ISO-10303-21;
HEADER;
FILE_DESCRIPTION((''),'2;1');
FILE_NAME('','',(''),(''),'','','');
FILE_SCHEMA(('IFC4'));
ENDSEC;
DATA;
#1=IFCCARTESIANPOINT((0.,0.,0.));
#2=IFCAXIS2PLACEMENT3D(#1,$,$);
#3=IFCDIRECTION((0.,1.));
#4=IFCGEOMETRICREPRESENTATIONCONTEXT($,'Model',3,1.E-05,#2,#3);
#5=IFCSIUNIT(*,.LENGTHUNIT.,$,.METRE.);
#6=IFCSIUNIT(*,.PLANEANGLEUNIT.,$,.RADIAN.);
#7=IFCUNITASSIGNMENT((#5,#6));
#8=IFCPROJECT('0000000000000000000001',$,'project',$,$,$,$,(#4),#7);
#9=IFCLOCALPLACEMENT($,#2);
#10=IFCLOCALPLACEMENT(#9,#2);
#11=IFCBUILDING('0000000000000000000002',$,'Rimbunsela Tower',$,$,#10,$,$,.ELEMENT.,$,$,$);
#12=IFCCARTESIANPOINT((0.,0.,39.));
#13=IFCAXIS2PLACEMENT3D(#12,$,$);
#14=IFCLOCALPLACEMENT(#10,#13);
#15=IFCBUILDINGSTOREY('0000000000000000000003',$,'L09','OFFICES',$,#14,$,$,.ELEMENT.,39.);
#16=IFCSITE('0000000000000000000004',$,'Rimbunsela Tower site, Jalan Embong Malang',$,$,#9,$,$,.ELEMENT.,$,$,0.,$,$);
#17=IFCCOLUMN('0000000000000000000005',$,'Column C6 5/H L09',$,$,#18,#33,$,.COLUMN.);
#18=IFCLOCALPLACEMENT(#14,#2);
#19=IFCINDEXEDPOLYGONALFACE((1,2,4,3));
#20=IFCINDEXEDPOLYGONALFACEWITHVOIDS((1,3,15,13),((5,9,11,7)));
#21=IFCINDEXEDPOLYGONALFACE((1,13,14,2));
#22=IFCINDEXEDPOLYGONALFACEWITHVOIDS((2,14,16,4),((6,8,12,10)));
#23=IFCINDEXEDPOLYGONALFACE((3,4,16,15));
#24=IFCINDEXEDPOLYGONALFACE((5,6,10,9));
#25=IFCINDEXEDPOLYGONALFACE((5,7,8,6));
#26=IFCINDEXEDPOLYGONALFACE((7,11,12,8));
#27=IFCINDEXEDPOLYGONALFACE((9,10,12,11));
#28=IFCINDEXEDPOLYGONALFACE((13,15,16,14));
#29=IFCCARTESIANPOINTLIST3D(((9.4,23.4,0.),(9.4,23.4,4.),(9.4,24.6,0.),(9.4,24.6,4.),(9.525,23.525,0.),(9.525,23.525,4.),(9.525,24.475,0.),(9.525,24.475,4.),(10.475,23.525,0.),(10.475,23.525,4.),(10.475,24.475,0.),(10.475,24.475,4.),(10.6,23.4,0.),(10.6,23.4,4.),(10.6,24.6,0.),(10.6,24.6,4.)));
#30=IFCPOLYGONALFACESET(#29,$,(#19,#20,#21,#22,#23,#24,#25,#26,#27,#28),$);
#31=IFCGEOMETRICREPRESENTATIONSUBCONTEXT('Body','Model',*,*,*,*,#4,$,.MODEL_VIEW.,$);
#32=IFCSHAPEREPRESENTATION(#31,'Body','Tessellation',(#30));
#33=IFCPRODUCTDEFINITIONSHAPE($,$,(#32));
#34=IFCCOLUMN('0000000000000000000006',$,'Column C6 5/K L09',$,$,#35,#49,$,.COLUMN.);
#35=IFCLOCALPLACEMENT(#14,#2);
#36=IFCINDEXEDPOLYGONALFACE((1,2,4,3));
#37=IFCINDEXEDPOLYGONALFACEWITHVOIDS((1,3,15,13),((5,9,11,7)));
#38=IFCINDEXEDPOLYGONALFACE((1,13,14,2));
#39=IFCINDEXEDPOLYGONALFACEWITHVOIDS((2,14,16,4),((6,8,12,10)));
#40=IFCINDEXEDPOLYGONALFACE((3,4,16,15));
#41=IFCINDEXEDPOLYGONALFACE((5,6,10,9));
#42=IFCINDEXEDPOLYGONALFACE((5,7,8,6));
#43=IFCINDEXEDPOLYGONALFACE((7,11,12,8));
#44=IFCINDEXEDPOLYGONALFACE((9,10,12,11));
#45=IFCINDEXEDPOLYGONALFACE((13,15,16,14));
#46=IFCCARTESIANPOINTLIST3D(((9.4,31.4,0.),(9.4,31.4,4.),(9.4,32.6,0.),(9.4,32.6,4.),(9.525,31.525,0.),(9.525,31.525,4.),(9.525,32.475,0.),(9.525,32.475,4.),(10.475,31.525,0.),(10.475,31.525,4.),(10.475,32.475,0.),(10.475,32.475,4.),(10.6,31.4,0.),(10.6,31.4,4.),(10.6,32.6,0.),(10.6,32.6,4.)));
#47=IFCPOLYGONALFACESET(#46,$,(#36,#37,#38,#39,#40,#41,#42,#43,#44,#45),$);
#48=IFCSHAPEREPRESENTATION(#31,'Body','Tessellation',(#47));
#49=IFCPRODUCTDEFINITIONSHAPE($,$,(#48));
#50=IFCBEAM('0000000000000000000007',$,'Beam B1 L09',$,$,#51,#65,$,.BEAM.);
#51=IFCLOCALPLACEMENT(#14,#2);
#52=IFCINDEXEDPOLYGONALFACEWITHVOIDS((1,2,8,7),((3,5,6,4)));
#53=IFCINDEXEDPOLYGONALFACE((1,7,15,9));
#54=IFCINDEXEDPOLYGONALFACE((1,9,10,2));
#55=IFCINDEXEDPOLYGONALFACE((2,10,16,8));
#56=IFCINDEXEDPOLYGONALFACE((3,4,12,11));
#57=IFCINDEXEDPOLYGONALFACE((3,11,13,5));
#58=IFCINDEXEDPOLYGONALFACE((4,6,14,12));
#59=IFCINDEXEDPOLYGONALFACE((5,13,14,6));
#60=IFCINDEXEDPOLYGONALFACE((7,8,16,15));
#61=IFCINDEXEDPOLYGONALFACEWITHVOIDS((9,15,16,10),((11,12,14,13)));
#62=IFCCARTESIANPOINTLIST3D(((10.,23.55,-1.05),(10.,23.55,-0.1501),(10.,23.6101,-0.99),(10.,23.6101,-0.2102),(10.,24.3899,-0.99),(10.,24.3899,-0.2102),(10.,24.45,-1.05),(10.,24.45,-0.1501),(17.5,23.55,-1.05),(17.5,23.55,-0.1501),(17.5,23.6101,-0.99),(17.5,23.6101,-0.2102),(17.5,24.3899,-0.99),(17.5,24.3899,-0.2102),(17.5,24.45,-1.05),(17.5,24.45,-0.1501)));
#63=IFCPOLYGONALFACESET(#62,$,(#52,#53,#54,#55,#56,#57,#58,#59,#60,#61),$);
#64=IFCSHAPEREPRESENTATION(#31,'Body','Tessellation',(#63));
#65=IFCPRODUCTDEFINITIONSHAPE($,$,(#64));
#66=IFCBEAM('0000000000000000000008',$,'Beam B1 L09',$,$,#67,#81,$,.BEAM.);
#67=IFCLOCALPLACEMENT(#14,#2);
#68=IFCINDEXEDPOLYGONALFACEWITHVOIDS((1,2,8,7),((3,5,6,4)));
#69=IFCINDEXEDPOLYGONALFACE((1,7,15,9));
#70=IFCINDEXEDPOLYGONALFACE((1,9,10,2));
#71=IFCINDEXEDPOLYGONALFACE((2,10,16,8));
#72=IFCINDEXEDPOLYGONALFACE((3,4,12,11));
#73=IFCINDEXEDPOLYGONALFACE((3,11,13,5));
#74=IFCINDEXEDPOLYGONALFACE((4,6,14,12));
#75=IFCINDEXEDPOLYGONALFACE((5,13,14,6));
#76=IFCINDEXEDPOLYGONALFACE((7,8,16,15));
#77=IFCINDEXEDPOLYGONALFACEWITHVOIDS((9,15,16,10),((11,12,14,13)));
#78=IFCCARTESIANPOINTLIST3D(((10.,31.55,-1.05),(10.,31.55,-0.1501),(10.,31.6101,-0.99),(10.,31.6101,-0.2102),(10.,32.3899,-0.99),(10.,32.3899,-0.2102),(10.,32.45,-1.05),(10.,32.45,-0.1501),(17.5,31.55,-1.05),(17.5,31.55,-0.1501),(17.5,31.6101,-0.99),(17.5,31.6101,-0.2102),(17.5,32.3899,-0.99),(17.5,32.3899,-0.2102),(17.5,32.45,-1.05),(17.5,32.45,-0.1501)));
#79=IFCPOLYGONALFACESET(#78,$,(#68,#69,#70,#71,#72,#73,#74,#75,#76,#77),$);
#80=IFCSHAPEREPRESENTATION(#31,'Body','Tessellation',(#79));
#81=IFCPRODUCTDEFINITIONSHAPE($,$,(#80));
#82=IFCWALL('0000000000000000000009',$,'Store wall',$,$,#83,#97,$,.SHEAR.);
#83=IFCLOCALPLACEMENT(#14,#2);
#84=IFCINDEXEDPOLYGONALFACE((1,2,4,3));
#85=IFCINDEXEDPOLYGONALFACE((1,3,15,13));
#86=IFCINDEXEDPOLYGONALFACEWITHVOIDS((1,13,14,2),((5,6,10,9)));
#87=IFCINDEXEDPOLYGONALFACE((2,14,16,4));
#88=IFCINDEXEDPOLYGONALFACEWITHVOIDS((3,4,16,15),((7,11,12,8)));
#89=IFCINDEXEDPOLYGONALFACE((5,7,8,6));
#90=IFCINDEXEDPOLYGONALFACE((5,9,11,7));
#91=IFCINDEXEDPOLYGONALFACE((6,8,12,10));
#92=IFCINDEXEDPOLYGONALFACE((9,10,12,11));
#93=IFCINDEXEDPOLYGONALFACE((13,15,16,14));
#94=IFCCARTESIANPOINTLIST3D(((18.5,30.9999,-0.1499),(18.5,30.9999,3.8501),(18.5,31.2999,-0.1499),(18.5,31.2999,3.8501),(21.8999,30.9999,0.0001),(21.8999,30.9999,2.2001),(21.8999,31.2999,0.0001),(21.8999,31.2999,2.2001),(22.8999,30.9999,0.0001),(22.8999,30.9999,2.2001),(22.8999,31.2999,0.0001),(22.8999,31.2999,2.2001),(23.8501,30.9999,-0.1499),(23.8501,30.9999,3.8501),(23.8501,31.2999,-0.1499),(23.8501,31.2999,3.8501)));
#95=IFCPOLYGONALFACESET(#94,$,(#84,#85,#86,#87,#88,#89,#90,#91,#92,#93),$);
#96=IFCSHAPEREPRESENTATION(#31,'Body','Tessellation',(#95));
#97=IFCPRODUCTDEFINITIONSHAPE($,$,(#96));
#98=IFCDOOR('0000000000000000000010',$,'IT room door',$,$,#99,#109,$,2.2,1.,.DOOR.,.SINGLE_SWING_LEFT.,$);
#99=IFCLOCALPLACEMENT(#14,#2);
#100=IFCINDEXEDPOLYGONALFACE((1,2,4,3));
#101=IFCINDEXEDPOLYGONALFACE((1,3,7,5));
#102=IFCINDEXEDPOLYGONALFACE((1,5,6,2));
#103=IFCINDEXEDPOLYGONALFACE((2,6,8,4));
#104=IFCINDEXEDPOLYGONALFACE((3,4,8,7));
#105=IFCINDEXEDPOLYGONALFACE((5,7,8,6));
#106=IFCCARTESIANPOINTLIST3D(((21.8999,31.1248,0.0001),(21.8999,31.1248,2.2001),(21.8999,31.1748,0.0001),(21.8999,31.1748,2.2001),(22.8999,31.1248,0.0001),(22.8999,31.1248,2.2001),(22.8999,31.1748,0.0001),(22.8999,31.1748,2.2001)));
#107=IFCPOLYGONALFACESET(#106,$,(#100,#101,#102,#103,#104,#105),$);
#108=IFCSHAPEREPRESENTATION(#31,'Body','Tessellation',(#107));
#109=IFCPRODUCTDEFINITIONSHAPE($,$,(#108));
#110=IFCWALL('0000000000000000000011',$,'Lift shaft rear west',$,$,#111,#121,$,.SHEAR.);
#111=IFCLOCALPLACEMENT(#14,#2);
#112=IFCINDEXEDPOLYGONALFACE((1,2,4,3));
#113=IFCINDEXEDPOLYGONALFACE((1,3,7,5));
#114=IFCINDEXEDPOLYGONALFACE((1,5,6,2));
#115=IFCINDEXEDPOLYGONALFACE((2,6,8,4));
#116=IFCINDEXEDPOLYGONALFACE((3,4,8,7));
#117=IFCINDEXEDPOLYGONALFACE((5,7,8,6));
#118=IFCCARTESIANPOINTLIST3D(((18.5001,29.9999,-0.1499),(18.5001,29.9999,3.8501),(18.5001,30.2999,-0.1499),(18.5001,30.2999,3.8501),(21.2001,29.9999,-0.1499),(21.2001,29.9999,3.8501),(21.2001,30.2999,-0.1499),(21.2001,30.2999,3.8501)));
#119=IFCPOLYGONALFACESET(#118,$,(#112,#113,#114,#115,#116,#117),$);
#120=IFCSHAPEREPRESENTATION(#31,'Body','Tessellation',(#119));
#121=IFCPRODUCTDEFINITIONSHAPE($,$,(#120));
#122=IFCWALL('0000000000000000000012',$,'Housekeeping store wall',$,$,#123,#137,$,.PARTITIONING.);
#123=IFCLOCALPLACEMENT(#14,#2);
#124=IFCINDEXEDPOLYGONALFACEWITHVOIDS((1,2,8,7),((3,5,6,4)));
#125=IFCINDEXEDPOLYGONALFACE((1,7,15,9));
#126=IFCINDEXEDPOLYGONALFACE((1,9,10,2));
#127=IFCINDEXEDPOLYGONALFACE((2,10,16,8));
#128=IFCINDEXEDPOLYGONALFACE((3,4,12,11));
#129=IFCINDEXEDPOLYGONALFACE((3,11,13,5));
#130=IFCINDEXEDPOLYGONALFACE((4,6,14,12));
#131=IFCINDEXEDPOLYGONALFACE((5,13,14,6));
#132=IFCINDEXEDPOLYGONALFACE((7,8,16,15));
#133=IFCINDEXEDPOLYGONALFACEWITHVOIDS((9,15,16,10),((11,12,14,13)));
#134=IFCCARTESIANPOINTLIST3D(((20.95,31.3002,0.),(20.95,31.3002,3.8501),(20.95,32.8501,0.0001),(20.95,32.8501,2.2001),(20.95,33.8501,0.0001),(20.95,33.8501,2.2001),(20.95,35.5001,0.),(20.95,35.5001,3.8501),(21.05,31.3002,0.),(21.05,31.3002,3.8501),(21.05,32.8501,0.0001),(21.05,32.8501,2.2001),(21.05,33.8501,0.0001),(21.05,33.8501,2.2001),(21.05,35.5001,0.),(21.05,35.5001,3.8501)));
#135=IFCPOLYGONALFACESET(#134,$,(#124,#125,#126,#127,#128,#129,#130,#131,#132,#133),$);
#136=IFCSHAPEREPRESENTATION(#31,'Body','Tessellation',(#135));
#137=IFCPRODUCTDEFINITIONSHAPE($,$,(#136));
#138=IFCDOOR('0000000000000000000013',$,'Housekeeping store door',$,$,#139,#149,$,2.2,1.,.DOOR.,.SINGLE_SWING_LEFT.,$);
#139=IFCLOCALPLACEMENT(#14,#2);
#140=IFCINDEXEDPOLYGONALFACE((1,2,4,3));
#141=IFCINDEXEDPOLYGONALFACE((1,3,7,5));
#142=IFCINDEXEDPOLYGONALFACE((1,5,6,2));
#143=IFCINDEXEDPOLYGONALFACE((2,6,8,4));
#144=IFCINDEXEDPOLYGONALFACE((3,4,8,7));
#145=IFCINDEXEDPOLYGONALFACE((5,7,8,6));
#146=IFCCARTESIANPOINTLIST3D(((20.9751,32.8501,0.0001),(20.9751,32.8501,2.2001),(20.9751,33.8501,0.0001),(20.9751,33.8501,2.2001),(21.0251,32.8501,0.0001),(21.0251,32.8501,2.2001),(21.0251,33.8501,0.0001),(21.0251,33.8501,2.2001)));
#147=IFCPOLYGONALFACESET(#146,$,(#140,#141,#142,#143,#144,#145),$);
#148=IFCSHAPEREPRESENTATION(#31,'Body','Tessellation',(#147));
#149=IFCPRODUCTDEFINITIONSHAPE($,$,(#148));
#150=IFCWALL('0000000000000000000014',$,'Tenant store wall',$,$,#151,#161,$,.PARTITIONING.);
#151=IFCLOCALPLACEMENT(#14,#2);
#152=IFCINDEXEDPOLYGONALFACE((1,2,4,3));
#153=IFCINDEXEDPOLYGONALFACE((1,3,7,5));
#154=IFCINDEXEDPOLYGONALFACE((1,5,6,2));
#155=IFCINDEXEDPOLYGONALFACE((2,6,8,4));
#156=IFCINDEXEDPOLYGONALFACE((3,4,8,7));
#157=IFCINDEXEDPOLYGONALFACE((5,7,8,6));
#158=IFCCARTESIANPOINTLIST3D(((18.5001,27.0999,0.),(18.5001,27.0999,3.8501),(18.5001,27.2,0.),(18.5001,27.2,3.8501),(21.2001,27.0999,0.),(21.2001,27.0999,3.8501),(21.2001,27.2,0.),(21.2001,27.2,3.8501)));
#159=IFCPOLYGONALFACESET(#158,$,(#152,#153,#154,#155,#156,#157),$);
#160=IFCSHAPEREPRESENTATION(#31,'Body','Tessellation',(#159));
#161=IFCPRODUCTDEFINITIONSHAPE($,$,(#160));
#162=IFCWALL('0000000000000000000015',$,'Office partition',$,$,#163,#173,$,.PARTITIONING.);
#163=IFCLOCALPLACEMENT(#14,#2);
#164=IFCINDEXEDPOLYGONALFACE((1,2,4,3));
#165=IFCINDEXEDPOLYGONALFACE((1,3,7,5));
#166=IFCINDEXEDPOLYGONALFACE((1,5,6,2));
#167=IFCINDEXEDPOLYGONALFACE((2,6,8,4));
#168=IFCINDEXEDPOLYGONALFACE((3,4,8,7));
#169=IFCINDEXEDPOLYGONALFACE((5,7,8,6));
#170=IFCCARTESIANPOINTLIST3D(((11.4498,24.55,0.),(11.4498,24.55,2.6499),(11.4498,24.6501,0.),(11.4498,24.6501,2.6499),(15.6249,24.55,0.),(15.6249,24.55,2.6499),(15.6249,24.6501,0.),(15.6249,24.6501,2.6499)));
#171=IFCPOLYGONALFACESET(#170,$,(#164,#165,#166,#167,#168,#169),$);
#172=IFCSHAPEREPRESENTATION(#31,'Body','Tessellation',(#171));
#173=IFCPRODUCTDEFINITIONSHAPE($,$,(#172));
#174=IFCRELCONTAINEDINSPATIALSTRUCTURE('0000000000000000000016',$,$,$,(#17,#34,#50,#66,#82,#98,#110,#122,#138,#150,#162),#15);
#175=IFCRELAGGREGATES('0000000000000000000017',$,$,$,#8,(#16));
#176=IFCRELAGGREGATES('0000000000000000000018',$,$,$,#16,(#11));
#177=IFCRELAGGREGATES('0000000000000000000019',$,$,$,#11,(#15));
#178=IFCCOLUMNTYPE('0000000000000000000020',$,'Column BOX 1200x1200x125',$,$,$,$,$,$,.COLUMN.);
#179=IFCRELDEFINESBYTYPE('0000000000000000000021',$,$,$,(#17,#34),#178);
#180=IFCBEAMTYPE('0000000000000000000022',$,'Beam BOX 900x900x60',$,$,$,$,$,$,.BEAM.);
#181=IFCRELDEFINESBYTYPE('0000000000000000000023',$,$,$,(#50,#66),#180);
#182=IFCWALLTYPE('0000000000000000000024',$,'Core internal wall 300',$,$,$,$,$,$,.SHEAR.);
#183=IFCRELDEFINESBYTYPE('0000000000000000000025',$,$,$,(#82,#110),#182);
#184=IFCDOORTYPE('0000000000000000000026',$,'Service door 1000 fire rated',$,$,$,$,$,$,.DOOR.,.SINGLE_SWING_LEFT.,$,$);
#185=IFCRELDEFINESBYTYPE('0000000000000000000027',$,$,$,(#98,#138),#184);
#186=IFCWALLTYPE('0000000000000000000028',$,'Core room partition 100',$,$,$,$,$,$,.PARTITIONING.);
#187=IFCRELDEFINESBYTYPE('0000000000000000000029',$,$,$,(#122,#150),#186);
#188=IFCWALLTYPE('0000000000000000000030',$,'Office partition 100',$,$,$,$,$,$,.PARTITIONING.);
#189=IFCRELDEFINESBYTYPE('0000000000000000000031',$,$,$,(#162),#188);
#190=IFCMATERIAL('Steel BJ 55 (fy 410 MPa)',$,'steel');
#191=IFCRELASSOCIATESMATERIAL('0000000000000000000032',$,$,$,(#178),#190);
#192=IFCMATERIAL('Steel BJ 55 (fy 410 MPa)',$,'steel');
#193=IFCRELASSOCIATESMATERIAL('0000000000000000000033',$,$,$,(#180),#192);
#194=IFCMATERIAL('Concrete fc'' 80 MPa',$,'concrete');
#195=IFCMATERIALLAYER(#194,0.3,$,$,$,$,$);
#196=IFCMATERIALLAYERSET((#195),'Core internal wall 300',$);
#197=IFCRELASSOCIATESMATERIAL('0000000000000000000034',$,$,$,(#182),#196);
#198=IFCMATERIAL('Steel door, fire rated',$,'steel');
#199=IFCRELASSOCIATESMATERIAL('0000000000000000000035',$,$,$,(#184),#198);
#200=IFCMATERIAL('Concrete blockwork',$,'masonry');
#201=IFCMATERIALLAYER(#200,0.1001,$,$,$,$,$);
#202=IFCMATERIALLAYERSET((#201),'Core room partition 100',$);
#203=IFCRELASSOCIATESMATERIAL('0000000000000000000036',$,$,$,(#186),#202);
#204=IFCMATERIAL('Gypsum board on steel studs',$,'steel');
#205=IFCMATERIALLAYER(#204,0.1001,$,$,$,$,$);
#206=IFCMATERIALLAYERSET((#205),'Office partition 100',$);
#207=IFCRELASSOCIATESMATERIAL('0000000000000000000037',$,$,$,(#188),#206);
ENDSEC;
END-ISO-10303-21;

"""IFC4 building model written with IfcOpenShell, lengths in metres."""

from ifc_helpers import new_model, si_unit, direction, frame, frame_2d, origin, origin_2d, place, context, subcontext, project, spatial, rectangle, hollow_rectangle, extrude, material, layer, layer_set, material_profile, profile_set, type_object, element, fill, save


model = new_model("IFC4")

# Units and contexts
model_context = context("Model", 3, precision=1e-05, world=origin(), true_north=direction((0.0, 1.0)))
body_context = subcontext(model_context, "Body", "Model", "MODEL_VIEW")
ifc_project = project(units=[si_unit("LENGTHUNIT", "METRE"), si_unit("PLANEANGLEUNIT", "RADIAN")], contexts=[model_context])

# Site, building, storey
site_placement = place(None, origin())
site = spatial("IfcSite", under=ifc_project, at=site_placement, Name="Rimbunsela Tower site, Jalan Embong Malang", CompositionType="ELEMENT", RefElevation=0.0)
building_placement = place(site_placement, origin())
building = spatial("IfcBuilding", under=site, at=building_placement, Name="Rimbunsela Tower", CompositionType="ELEMENT")
storey_placement = place(building_placement, frame((0.0, 0.0, 39.0)))
storey = spatial("IfcBuildingStorey", under=building, at=storey_placement, Name="L09", Description="OFFICES", CompositionType="ELEMENT", Elevation=39.0)

# Columns
ifc_material_1 = material(Name="Steel BJ 55 (fy 410 MPa)", Category="steel")
ifc_material_profile_1 = material_profile(ifc_material_1, hollow_rectangle(XDim=1.2, YDim=1.2, WallThickness=0.125, at=origin_2d()), Name="BOX 1200x1200x125")
ifc_profile_set_1 = profile_set([ifc_material_profile_1], Name="Steel BJ 55 (fy 410 MPa)")
column_type = type_object("IfcColumnType", Name="Column BOX 1200x1200x125", PredefinedType="COLUMN", material=ifc_profile_set_1)
for number, where, z_axis, x_axis, name in (
    (1, (10.0, 24.0, 0.0), (0.0, 0.0, 1.0), (1.0, 0.0, 0.0), "Column C6 5/H L09"),
    (2, (10.0, 32.0, 0.0), (0.0, 0.0, 1.0), (1.0, 0.0, 0.0), "Column C6 5/K L09"),
):
    element("IfcColumn", number, at=place(storey_placement, frame(where, z_axis=z_axis, x_axis=x_axis)), inside=storey, type_object=column_type, Name=name, PredefinedType="COLUMN", context=body_context, shape_type="SweptSolid", body=[
        extrude(hollow_rectangle(XDim=1.2, YDim=1.2, WallThickness=0.125, at=origin_2d()), origin(), (0.0, 0.0, 1.0), 4.0),
    ])

# Beams
ifc_material_2 = material(Name="Steel BJ 55 (fy 410 MPa)", Category="steel")
ifc_material_profile_2 = material_profile(ifc_material_2, hollow_rectangle(XDim=0.8999, YDim=0.8999, WallThickness=0.0601, at=origin_2d()), Name="BOX 900x900x60")
ifc_profile_set_2 = profile_set([ifc_material_profile_2], Name="Steel BJ 55 (fy 410 MPa)")
beam_type = type_object("IfcBeamType", Name="Beam BOX 900x900x60", PredefinedType="BEAM", material=ifc_profile_set_2)
for number, where, z_axis, x_axis, name in (
    (3, (10.0, 24.0, -0.6001), (1.0, 0.0, 0.0), (0.0, 1.0, 0.0), "Beam B1 L09"),
    (4, (10.0, 32.0, -0.6001), (1.0, 0.0, 0.0), (0.0, 1.0, 0.0), "Beam B1 L09"),
):
    element("IfcBeam", number, at=place(storey_placement, frame(where, z_axis=z_axis, x_axis=x_axis)), inside=storey, type_object=beam_type, Name=name, PredefinedType="BEAM", context=body_context, shape_type="SweptSolid", body=[
        extrude(hollow_rectangle(XDim=0.8999, YDim=0.8999, WallThickness=0.0601, at=origin_2d()), origin(), (0.0, 0.0, 1.0), 7.5),
    ])

# Wall, opening, door
ifc_material_3 = material(Name="Concrete fc' 80 MPa", Category="concrete")
ifc_layer_1 = layer(ifc_material_3, 0.3)
ifc_layer_set_1 = layer_set([ifc_layer_1], Name="Core internal wall 300")
wall_type_1 = type_object("IfcWallType", Name="Core internal wall 300", PredefinedType="SHEAR", material=ifc_layer_set_1)
wall_1_placement = place(storey_placement, frame((18.5, 31.1499, -0.1499), z_axis=(0.0, 0.0, 1.0), x_axis=(1.0, 0.0, 0.0)))
wall_1 = element("IfcWall", 5, at=wall_1_placement, inside=storey, type_object=wall_type_1, Name="Store wall", PredefinedType="SHEAR", context=body_context, shape_type="SweptSolid", body=[
    extrude(rectangle(XDim=5.3501, YDim=0.3, at=frame_2d((2.675, 0.0))), origin(), (0.0, 0.0, 1.0), 4.0),
])
opening_1_placement = place(wall_1_placement, frame((3.3999, 0.0, 0.1499)))
opening_1 = element("IfcOpeningElement", 6, at=opening_1_placement, cuts=wall_1, PredefinedType="OPENING", context=body_context, shape_type="SweptSolid", body=[
    extrude(rectangle(XDim=1.0, YDim=2.2, at=frame_2d((0.5, 1.1001))), frame((0.0, 0.1599, 0.0), z_axis=(0.0, -1.0, 0.0), x_axis=(1.0, 0.0, 0.0)), (0.0, 0.0, 1.0), 0.3201),
])
ifc_material_4 = material(Name="Steel door, fire rated", Category="steel")
door_type_1 = type_object("IfcDoorType", Name="Service door 1000 fire rated", OperationType="SINGLE_SWING_LEFT", PredefinedType="DOOR", material=ifc_material_4)
door_1_placement = place(opening_1_placement, origin())
door_1 = element("IfcDoor", 7, at=door_1_placement, inside=storey, type_object=door_type_1, Name="IT room door", OperationType="SINGLE_SWING_LEFT", OverallHeight=2.2, OverallWidth=1.0, PredefinedType="DOOR", context=body_context, shape_type="SweptSolid", body=[
    extrude(rectangle(XDim=1.0, YDim=2.2, at=frame_2d((0.5, 1.1001))), frame((0.0, 0.0249, 0.0), z_axis=(0.0, -1.0, 0.0), x_axis=(1.0, 0.0, 0.0)), (0.0, 0.0, 1.0), 0.05),
])
fill(opening_1, door_1)

# Wall
wall_2_placement = place(storey_placement, frame((18.5, 30.1499, -0.1499), z_axis=(0.0, 0.0, 1.0), x_axis=(1.0, 0.0, 0.0)))
element("IfcWall", 8, at=wall_2_placement, inside=storey, type_object=wall_type_1, Name="Lift shaft rear west", PredefinedType="SHEAR", context=body_context, shape_type="SweptSolid", body=[
    extrude(rectangle(XDim=2.7, YDim=0.3, at=frame_2d((1.3501, 0.0))), origin(), (0.0, 0.0, 1.0), 4.0),
])

# Wall, opening, door
ifc_material_5 = material(Name="Concrete blockwork", Category="masonry")
ifc_layer_2 = layer(ifc_material_5, 0.1001)
ifc_layer_set_2 = layer_set([ifc_layer_2], Name="Core room partition 100")
wall_type_2 = type_object("IfcWallType", Name="Core room partition 100", PredefinedType="PARTITIONING", material=ifc_layer_set_2)
wall_3_placement = place(storey_placement, frame((21.0, 31.3, 0.0), z_axis=(0.0, 0.0, 1.0), x_axis=(0.0, 1.0, 0.0)))
wall_3 = element("IfcWall", 9, at=wall_3_placement, inside=storey, type_object=wall_type_2, Name="Housekeeping store wall", PredefinedType="PARTITIONING", context=body_context, shape_type="SweptSolid", body=[
    extrude(rectangle(XDim=4.2, YDim=0.1001, at=frame_2d((2.1001, 0.0))), origin(), (0.0, 0.0, 1.0), 3.8501),
])
opening_2_placement = place(wall_3_placement, frame((1.55, 0.0, 0.0)))
opening_2 = element("IfcOpeningElement", 10, at=opening_2_placement, cuts=wall_3, PredefinedType="OPENING", context=body_context, shape_type="SweptSolid", body=[
    extrude(rectangle(XDim=1.0, YDim=2.2, at=frame_2d((0.5, 1.1001))), frame((0.0, 0.0601, 0.0), z_axis=(0.0, -1.0, 0.0), x_axis=(1.0, 0.0, 0.0)), (0.0, 0.0, 1.0), 0.1201),
])
door_2_placement = place(opening_2_placement, origin())
door_2 = element("IfcDoor", 11, at=door_2_placement, inside=storey, type_object=door_type_1, Name="Housekeeping store door", OperationType="SINGLE_SWING_LEFT", OverallHeight=2.2, OverallWidth=1.0, PredefinedType="DOOR", context=body_context, shape_type="SweptSolid", body=[
    extrude(rectangle(XDim=1.0, YDim=2.2, at=frame_2d((0.5, 1.1001))), frame((0.0, 0.0249, 0.0), z_axis=(0.0, -1.0, 0.0), x_axis=(1.0, 0.0, 0.0)), (0.0, 0.0, 1.0), 0.05),
])
fill(opening_2, door_2)

# Walls
wall_4_placement = place(storey_placement, frame((18.5, 27.1499, 0.0), z_axis=(0.0, 0.0, 1.0), x_axis=(1.0, 0.0, 0.0)))
element("IfcWall", 12, at=wall_4_placement, inside=storey, type_object=wall_type_2, Name="Tenant store wall", PredefinedType="PARTITIONING", context=body_context, shape_type="SweptSolid", body=[
    extrude(rectangle(XDim=2.7, YDim=0.1001, at=frame_2d((1.3501, 0.0))), origin(), (0.0, 0.0, 1.0), 3.8501),
])
ifc_material_6 = material(Name="Gypsum board on steel studs", Category="steel")
ifc_layer_3 = layer(ifc_material_6, 0.1001)
ifc_layer_set_3 = layer_set([ifc_layer_3], Name="Office partition 100")
wall_type_3 = type_object("IfcWallType", Name="Office partition 100", PredefinedType="PARTITIONING", material=ifc_layer_set_3)
wall_5_placement = place(storey_placement, frame((11.45, 24.6001, 0.0), z_axis=(0.0, 0.0, 1.0), x_axis=(1.0, 0.0, 0.0)))
element("IfcWall", 13, at=wall_5_placement, inside=storey, type_object=wall_type_3, Name="Office partition", PredefinedType="PARTITIONING", context=body_context, shape_type="SweptSolid", body=[
    extrude(rectangle(XDim=4.175, YDim=0.1001, at=frame_2d((2.0874, 0.0))), origin(), (0.0, 0.0, 1.0), 2.6499),
])

save(model, "model.ifc")
